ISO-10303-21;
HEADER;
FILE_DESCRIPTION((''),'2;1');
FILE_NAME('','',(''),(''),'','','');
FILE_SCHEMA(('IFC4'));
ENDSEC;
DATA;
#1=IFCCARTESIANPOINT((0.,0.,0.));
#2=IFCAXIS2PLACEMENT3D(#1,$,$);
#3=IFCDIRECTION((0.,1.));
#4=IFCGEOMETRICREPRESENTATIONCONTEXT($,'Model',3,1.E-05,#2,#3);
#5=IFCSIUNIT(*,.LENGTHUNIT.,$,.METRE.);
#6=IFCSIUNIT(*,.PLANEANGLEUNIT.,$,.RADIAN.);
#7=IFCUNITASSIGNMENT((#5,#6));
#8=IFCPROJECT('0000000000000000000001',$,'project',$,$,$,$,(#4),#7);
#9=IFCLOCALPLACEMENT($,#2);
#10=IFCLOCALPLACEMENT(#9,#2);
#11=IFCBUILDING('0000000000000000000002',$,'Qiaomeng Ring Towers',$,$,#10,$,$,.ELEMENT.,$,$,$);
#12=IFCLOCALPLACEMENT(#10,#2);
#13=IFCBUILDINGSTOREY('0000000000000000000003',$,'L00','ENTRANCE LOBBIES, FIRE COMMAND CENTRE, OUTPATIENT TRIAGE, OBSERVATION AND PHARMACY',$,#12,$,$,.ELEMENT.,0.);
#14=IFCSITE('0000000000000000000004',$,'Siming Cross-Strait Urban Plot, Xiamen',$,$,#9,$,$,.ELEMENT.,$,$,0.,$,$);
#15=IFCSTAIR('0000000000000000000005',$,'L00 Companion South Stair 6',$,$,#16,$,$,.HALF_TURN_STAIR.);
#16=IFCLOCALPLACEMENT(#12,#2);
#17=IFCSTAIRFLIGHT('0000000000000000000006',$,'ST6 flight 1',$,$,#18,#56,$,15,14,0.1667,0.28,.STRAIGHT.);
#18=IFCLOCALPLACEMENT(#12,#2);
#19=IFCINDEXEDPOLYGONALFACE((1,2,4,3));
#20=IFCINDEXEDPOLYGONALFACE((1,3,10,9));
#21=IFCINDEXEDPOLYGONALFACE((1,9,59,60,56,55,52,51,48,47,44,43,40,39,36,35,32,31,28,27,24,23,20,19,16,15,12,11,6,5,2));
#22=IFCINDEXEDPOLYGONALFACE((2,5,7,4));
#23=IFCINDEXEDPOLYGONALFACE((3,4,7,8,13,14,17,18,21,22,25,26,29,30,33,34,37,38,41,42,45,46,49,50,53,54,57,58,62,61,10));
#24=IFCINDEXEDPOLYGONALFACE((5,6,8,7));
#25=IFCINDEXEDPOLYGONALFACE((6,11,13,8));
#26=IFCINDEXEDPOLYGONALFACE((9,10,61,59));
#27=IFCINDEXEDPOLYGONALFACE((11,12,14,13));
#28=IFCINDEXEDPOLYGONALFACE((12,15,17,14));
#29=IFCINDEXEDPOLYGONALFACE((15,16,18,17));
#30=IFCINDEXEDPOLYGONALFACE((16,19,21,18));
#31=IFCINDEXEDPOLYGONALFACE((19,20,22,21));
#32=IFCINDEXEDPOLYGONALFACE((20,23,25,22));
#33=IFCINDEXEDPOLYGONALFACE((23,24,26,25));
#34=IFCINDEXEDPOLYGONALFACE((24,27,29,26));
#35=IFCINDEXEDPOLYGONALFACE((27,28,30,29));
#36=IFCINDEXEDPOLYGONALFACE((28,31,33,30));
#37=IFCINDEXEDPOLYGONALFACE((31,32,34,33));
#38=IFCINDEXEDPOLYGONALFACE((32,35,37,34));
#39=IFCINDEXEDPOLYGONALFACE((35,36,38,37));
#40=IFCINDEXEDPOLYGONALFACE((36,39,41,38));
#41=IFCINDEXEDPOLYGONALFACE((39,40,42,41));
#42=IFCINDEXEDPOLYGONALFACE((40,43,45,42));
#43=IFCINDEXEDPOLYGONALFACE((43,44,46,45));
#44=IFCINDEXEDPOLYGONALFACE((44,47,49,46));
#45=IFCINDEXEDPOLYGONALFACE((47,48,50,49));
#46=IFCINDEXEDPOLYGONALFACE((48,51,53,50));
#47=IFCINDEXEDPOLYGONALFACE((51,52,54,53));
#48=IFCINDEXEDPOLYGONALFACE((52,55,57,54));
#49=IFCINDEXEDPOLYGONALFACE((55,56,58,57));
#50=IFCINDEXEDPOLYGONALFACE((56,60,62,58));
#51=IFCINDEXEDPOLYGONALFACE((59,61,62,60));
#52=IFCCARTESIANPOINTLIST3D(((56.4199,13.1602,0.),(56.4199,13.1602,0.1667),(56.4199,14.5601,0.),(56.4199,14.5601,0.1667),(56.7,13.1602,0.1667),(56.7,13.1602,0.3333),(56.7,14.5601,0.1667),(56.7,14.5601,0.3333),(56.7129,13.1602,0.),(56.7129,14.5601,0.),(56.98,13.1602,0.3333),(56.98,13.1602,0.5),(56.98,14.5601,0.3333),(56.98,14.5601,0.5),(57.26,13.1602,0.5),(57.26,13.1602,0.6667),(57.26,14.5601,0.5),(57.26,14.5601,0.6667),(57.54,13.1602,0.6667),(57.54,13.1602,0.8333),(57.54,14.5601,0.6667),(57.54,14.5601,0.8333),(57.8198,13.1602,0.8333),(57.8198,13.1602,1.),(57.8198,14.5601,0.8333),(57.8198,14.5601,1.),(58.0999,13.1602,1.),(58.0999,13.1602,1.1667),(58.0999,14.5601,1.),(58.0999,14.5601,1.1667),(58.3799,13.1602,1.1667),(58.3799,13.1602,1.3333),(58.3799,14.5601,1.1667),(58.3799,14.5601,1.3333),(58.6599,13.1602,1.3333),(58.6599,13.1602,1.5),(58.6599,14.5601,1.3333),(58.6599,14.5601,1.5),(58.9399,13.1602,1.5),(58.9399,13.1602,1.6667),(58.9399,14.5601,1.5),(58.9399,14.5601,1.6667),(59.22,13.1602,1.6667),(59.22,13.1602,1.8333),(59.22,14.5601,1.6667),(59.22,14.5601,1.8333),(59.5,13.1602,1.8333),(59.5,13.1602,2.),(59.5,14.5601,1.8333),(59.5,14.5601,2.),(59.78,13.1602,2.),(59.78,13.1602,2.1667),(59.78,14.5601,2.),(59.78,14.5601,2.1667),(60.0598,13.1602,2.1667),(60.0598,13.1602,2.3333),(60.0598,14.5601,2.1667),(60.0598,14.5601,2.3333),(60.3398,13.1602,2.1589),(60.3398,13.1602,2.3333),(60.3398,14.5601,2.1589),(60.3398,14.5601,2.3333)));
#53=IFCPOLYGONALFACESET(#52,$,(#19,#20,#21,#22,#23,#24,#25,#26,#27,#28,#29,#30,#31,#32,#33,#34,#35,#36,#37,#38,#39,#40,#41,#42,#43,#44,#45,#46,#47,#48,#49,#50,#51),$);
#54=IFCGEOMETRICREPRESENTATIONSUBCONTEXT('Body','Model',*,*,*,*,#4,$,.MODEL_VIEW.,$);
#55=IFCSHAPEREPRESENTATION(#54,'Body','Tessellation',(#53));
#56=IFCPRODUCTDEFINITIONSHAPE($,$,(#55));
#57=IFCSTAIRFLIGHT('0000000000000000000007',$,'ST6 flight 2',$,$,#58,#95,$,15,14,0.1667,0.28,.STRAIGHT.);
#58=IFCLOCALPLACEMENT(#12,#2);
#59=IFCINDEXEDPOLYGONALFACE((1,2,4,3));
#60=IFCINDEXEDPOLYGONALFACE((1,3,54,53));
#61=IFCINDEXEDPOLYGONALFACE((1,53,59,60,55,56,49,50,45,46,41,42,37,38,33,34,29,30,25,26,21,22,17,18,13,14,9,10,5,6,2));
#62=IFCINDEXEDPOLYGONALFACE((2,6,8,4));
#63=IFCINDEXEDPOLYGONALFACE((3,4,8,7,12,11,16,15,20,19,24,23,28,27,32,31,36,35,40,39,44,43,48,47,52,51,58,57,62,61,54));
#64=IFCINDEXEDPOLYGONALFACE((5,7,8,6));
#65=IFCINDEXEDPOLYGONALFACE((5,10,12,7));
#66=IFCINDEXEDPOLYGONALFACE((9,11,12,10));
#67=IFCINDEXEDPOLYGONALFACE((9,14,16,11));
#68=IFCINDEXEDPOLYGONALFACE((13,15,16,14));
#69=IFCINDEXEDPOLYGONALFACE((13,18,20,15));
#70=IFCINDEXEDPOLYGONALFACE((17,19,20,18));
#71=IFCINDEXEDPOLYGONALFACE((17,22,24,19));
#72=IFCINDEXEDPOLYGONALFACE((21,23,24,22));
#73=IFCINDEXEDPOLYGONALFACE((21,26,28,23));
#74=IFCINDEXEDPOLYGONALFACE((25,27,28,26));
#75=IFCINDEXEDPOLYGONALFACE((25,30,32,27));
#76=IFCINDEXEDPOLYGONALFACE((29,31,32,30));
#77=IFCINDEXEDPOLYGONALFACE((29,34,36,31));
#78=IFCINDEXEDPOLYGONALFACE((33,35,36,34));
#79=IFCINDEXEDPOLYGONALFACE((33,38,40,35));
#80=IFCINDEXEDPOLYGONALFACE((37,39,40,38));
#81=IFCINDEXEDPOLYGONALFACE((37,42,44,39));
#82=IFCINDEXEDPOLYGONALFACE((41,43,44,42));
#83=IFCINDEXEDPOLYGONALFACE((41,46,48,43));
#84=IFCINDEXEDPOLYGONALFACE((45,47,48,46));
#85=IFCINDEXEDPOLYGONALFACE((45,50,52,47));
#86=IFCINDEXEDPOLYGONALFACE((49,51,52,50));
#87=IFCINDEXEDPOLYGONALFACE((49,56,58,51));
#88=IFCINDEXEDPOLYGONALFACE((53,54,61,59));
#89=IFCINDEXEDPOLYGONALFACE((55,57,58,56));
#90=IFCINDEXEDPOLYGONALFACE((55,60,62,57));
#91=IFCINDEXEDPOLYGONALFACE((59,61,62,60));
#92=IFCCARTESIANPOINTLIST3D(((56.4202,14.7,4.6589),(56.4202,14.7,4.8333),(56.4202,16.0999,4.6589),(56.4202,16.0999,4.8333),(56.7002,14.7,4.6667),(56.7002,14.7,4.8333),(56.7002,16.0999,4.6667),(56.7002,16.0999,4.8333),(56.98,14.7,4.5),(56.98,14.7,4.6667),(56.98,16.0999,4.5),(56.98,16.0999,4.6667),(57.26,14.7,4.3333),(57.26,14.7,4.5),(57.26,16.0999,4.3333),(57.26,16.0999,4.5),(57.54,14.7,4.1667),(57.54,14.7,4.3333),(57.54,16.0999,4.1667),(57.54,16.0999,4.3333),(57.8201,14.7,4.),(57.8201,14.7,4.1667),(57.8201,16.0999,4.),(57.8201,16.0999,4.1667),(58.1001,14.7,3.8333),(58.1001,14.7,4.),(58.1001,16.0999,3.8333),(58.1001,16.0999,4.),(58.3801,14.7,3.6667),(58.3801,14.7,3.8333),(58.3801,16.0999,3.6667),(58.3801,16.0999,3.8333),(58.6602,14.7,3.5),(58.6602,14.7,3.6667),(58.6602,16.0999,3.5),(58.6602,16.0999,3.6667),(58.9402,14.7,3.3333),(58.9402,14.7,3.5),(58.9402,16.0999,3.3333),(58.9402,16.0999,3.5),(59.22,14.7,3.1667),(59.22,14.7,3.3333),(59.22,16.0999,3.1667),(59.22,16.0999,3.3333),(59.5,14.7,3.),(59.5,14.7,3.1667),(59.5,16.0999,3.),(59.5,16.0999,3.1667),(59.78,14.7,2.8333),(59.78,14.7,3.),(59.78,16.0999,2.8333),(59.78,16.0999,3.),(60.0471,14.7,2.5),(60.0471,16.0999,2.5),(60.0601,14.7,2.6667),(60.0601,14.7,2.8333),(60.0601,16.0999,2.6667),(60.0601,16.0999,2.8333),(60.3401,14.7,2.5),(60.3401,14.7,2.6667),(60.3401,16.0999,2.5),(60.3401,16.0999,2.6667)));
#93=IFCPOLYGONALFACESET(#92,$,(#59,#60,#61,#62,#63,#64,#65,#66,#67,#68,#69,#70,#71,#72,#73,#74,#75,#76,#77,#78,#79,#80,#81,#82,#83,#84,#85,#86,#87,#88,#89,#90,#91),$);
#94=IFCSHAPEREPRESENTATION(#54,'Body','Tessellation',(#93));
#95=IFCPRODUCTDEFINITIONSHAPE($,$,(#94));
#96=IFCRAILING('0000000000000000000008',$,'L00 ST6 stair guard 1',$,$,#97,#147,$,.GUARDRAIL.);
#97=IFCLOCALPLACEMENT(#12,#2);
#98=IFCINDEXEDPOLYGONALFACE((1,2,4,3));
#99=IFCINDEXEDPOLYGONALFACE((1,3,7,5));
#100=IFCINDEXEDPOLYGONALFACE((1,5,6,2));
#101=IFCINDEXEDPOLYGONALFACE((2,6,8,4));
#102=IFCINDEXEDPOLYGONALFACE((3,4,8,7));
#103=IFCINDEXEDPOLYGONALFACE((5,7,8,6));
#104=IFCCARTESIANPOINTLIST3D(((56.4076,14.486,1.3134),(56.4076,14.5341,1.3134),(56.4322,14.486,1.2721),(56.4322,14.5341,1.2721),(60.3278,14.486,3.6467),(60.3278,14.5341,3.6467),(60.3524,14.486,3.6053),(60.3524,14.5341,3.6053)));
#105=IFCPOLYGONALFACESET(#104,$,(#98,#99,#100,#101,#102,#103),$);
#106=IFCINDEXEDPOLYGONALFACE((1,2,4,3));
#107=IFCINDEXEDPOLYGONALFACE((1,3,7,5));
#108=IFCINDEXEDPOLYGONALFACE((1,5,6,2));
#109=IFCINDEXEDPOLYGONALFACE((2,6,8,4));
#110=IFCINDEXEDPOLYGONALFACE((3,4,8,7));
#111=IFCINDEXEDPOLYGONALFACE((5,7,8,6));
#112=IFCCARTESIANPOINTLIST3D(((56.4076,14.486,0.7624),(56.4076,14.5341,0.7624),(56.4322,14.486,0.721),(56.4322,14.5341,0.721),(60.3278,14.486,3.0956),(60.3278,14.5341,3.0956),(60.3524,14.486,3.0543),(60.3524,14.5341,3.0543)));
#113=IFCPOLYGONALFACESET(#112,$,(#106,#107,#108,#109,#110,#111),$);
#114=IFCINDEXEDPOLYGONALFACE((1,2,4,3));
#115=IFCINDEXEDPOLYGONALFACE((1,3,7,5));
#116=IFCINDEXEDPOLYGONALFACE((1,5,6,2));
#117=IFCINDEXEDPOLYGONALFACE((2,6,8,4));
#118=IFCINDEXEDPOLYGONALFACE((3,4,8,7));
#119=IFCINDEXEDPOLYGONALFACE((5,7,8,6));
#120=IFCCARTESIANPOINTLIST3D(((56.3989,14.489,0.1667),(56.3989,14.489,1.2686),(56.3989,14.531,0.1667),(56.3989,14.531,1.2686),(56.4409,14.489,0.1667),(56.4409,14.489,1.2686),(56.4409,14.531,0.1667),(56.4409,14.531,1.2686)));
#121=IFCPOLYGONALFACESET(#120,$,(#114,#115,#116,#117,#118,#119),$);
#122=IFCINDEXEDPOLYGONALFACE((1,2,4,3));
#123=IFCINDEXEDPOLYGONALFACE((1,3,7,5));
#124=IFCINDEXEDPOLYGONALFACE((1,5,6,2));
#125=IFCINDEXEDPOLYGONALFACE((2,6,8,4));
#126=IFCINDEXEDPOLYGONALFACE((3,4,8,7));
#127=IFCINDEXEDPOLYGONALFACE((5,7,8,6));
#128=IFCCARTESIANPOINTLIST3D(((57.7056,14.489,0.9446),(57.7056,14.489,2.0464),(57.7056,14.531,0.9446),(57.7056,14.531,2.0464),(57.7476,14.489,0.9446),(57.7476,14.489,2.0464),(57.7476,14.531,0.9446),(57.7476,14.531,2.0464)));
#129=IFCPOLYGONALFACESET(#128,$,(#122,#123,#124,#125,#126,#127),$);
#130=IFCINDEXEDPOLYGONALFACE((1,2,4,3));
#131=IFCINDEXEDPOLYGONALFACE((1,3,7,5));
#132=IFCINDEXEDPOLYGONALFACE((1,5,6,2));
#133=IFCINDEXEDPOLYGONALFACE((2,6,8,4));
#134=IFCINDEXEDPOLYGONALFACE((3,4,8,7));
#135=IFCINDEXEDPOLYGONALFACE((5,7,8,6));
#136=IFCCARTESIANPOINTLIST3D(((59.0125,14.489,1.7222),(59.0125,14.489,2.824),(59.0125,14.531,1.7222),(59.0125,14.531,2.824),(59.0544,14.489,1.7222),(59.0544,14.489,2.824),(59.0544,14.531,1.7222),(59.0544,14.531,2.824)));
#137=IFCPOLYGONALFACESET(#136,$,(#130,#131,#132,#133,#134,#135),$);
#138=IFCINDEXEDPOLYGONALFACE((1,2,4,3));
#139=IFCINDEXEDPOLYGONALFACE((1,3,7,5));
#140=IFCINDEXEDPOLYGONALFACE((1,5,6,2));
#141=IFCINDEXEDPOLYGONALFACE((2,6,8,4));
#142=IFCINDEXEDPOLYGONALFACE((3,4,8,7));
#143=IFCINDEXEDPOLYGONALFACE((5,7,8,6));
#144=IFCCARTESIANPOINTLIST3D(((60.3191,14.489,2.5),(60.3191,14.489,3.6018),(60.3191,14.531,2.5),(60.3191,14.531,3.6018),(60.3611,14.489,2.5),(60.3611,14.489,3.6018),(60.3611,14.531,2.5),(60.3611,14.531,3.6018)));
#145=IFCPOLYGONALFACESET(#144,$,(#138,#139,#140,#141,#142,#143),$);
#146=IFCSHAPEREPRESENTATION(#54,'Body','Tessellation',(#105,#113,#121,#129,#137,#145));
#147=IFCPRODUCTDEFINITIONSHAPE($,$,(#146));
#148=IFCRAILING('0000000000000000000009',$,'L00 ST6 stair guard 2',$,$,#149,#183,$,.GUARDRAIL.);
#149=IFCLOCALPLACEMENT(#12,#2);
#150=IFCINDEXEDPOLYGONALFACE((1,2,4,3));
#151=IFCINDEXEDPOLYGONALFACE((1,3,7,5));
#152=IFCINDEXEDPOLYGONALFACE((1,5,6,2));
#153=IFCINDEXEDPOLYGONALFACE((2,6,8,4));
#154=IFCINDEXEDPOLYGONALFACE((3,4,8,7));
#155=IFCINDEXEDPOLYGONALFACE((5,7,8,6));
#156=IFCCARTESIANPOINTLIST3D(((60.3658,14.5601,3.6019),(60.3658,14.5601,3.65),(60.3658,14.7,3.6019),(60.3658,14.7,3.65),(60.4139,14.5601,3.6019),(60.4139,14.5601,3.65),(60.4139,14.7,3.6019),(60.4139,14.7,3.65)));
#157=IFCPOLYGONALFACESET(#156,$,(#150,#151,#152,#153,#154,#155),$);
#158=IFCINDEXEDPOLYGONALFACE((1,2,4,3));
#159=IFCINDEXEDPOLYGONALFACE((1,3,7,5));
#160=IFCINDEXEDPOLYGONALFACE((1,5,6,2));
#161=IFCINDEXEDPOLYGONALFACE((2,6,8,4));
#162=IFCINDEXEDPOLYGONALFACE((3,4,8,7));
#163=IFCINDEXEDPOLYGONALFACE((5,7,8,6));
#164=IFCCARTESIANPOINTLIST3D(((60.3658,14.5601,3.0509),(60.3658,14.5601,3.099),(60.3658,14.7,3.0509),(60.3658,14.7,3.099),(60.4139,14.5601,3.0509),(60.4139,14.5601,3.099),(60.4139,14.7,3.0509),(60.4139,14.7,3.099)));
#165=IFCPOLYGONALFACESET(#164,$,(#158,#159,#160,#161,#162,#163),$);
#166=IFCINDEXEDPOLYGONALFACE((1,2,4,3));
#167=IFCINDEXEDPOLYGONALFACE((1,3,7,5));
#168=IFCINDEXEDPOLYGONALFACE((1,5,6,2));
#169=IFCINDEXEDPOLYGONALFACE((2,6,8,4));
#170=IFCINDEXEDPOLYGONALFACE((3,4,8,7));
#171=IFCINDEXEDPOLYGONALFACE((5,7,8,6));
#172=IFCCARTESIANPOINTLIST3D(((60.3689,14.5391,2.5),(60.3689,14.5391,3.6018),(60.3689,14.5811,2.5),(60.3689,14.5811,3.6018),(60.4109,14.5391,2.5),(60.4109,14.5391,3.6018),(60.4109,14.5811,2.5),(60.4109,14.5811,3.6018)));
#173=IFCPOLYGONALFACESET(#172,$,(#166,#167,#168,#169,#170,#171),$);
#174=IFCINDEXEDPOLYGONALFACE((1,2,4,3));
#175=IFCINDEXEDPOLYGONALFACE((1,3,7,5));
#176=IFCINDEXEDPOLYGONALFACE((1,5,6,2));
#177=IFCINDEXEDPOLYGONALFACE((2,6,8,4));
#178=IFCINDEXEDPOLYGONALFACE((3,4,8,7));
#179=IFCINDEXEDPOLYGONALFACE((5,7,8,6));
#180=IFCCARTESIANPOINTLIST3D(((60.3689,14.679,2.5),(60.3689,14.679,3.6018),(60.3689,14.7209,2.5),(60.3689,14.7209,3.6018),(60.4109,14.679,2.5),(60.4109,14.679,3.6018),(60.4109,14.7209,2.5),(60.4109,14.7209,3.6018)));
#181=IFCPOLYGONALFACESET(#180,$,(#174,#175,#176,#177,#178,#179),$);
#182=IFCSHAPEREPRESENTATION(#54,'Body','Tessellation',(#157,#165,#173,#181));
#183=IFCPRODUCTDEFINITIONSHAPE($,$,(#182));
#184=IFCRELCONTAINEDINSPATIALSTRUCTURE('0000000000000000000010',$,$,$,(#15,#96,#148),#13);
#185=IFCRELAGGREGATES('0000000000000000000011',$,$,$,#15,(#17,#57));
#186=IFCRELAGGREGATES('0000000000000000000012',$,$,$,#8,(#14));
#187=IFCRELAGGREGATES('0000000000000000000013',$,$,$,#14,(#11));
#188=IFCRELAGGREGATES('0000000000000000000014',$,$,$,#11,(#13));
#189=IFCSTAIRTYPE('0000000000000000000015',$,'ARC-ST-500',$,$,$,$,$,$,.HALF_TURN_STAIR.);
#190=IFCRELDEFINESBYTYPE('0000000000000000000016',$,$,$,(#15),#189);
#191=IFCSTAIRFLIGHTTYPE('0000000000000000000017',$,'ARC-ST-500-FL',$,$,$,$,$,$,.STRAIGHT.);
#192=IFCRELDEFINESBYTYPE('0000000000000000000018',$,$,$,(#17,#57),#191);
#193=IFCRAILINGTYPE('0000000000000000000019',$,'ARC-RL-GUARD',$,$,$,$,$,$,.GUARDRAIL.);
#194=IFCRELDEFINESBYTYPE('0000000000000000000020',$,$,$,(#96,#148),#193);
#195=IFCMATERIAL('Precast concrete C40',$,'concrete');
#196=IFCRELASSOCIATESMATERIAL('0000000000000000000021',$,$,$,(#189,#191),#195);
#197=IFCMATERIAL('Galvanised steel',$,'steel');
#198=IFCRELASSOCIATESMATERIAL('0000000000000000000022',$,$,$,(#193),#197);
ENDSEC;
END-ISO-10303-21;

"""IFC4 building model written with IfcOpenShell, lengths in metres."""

from ifc_helpers import new_model, si_unit, direction, frame, origin, origin_2d, place, context, subcontext, project, spatial, polyline, rectangle, outline, extrude, source, transform, mapped, material, type_object, element, aggregate, save


model = new_model("IFC4")

# Units and contexts
model_context = context("Model", 3, precision=1e-05, world=origin(), true_north=direction((0.0, 1.0)))
body_context = subcontext(model_context, "Body", "Model", "MODEL_VIEW")
ifc_project = project(units=[si_unit("LENGTHUNIT", "METRE"), si_unit("PLANEANGLEUNIT", "RADIAN")], contexts=[model_context])

# Site, building, storey
site_placement = place(None, origin())
site = spatial("IfcSite", under=ifc_project, at=site_placement, Name="Siming Cross-Strait Urban Plot, Xiamen", CompositionType="ELEMENT", RefElevation=0.0)
building_placement = place(site_placement, origin())
building = spatial("IfcBuilding", under=site, at=building_placement, Name="Qiaomeng Ring Towers", CompositionType="ELEMENT")
storey_placement = place(building_placement, origin())
storey = spatial("IfcBuildingStorey", under=building, at=storey_placement, Name="L00", Description="ENTRANCE LOBBIES, FIRE COMMAND CENTRE, OUTPATIENT TRIAGE, OBSERVATION AND PHARMACY", CompositionType="ELEMENT", Elevation=0.0)

# Stair, stair flights
ifc_material_1 = material(Name="Precast concrete C40", Category="concrete")
stair_type = type_object("IfcStairType", Name="ARC-ST-500", PredefinedType="HALF_TURN_STAIR", material=ifc_material_1)
stair_placement = place(storey_placement, origin())
stair = element("IfcStair", 1, at=stair_placement, inside=storey, type_object=stair_type, Name="L00 Companion South Stair 6", PredefinedType="HALF_TURN_STAIR")
stair_flight_type = type_object("IfcStairFlightType", Name="ARC-ST-500-FL", PredefinedType="STRAIGHT", material=ifc_material_1)
shared_shape_1 = source(origin(), body_context, "Body", "SweptSolid", [
    extrude(outline(polyline([(0.0, 0.0), (0.0, 0.1667), (0.28, 0.1667), (0.28, 0.3333), (0.5601, 0.3333), (0.5601, 0.5), (0.8401, 0.5), (0.8401, 0.6667), (1.1201, 0.6667), (1.1201, 0.8333), (1.3999, 0.8333), (1.3999, 1.0), (1.6799, 1.0), (1.6799, 1.1667), (1.96, 1.1667), (1.96, 1.3333), (2.24, 1.3333), (2.24, 1.5), (2.52, 1.5), (2.52, 1.6667), (2.8, 1.6667), (2.8, 1.8333), (3.0801, 1.8333), (3.0801, 2.0), (3.3601, 2.0), (3.3601, 2.1667), (3.6399, 2.1667), (3.6399, 2.3333), (3.9199, 2.3333), (3.9199, 2.5), (3.9199, 2.1589), (0.293, 0.0), (0.0, 0.0)])), frame((0.0, 0.7, 0.0), z_axis=(0.0, -1.0, 0.0), x_axis=(1.0, 0.0, 0.0)), (0.0, 0.0, 1.0), 1.3999),
])
stair_flight_1_placement = place(storey_placement, frame((56.4199, 13.8601, 0.0), z_axis=(0.0, 0.0, 1.0), x_axis=(1.0, 0.0, 0.0)))
stair_flight_1 = element("IfcStairFlight", 2, at=stair_flight_1_placement, type_object=stair_flight_type, Name="ST6 flight 1", NumberOfRisers=15, NumberOfTreads=14, PredefinedType="STRAIGHT", RiserHeight=0.1667, TreadLength=0.28, context=body_context, shape_type="MappedRepresentation", body=[
    mapped(shared_shape_1, transform((0.0, 0.0, 0.0), x_axis=(1.0, 0.0, 0.0), y_axis=(0.0, 1.0, 0.0), z_axis=(0.0, 0.0, 1.0), scale=1.0)),
])
stair_flight_2_placement = place(storey_placement, frame((60.3401, 15.3999, 2.5), z_axis=(0.0, 0.0, 1.0), x_axis=(-1.0, 0.0, 0.0)))
stair_flight_2 = element("IfcStairFlight", 3, at=stair_flight_2_placement, type_object=stair_flight_type, Name="ST6 flight 2", NumberOfRisers=15, NumberOfTreads=14, PredefinedType="STRAIGHT", RiserHeight=0.1667, TreadLength=0.28, context=body_context, shape_type="MappedRepresentation", body=[
    mapped(shared_shape_1, transform((0.0, 0.0, 0.0), x_axis=(1.0, 0.0, 0.0), y_axis=(0.0, 1.0, 0.0), z_axis=(0.0, 0.0, 1.0), scale=1.0)),
])
aggregate(stair, [stair_flight_1, stair_flight_2])

# Railings
ifc_material_2 = material(Name="Galvanised steel", Category="steel")
railing_type_1 = type_object("IfcRailingType", Name="ARC-RL-GUARD", PredefinedType="GUARDRAIL", material=ifc_material_2)
railing_1_placement = place(storey_placement, frame((56.4199, 14.51, 0.1667)))
element("IfcRailing", 4, at=railing_1_placement, inside=storey, type_object=railing_type_1, Name="L00 ST6 stair guard 1", PredefinedType="GUARDRAIL", context=body_context, shape_type="SweptSolid", body=[
    extrude(rectangle(XDim=0.0481, YDim=0.0481, at=origin_2d()), frame((0.0, 0.0, 1.126), z_axis=(0.85931, 0.0, 0.511455), x_axis=(0.0, 1.0, 0.0)), (0.0, 0.0, 1.0), 4.562),
    extrude(rectangle(XDim=0.0481, YDim=0.0481, at=origin_2d()), frame((0.0, 0.0, 0.575), z_axis=(0.85931, 0.0, 0.511455), x_axis=(0.0, 1.0, 0.0)), (0.0, 0.0, 1.0), 4.562),
    extrude(rectangle(XDim=0.042, YDim=0.042, at=origin_2d()), origin(), (0.0, 0.0, 1.0), 1.1018),
    extrude(rectangle(XDim=0.042, YDim=0.042, at=origin_2d()), frame((1.3066, 0.0, 0.7778)), (0.0, 0.0, 1.0), 1.1018),
    extrude(rectangle(XDim=0.042, YDim=0.042, at=origin_2d()), frame((2.6135, 0.0, 1.5554)), (0.0, 0.0, 1.0), 1.1018),
    extrude(rectangle(XDim=0.042, YDim=0.042, at=origin_2d()), frame((3.9202, 0.0, 2.3333)), (0.0, 0.0, 1.0), 1.1018),
])
railing_2_placement = place(storey_placement, frame((60.3899, 14.5601, 2.5)))
element("IfcRailing", 5, at=railing_2_placement, inside=storey, type_object=railing_type_1, Name="L00 ST6 stair guard 2", PredefinedType="GUARDRAIL", context=body_context, shape_type="SweptSolid", body=[
    extrude(rectangle(XDim=0.0481, YDim=0.0481, at=origin_2d()), frame((0.0, 0.0, 1.126), z_axis=(0.0, 1.0, 0.0), x_axis=(-1.0, 0.0, 0.0)), (0.0, 0.0, 1.0), 0.1399),
    extrude(rectangle(XDim=0.0481, YDim=0.0481, at=origin_2d()), frame((0.0, 0.0, 0.575), z_axis=(0.0, 1.0, 0.0), x_axis=(-1.0, 0.0, 0.0)), (0.0, 0.0, 1.0), 0.1399),
    extrude(rectangle(XDim=0.042, YDim=0.042, at=origin_2d()), origin(), (0.0, 0.0, 1.0), 1.1018),
    extrude(rectangle(XDim=0.042, YDim=0.042, at=origin_2d()), frame((0.0, 0.1399, 0.0)), (0.0, 0.0, 1.0), 1.1018),
])

save(model, "model.ifc")
